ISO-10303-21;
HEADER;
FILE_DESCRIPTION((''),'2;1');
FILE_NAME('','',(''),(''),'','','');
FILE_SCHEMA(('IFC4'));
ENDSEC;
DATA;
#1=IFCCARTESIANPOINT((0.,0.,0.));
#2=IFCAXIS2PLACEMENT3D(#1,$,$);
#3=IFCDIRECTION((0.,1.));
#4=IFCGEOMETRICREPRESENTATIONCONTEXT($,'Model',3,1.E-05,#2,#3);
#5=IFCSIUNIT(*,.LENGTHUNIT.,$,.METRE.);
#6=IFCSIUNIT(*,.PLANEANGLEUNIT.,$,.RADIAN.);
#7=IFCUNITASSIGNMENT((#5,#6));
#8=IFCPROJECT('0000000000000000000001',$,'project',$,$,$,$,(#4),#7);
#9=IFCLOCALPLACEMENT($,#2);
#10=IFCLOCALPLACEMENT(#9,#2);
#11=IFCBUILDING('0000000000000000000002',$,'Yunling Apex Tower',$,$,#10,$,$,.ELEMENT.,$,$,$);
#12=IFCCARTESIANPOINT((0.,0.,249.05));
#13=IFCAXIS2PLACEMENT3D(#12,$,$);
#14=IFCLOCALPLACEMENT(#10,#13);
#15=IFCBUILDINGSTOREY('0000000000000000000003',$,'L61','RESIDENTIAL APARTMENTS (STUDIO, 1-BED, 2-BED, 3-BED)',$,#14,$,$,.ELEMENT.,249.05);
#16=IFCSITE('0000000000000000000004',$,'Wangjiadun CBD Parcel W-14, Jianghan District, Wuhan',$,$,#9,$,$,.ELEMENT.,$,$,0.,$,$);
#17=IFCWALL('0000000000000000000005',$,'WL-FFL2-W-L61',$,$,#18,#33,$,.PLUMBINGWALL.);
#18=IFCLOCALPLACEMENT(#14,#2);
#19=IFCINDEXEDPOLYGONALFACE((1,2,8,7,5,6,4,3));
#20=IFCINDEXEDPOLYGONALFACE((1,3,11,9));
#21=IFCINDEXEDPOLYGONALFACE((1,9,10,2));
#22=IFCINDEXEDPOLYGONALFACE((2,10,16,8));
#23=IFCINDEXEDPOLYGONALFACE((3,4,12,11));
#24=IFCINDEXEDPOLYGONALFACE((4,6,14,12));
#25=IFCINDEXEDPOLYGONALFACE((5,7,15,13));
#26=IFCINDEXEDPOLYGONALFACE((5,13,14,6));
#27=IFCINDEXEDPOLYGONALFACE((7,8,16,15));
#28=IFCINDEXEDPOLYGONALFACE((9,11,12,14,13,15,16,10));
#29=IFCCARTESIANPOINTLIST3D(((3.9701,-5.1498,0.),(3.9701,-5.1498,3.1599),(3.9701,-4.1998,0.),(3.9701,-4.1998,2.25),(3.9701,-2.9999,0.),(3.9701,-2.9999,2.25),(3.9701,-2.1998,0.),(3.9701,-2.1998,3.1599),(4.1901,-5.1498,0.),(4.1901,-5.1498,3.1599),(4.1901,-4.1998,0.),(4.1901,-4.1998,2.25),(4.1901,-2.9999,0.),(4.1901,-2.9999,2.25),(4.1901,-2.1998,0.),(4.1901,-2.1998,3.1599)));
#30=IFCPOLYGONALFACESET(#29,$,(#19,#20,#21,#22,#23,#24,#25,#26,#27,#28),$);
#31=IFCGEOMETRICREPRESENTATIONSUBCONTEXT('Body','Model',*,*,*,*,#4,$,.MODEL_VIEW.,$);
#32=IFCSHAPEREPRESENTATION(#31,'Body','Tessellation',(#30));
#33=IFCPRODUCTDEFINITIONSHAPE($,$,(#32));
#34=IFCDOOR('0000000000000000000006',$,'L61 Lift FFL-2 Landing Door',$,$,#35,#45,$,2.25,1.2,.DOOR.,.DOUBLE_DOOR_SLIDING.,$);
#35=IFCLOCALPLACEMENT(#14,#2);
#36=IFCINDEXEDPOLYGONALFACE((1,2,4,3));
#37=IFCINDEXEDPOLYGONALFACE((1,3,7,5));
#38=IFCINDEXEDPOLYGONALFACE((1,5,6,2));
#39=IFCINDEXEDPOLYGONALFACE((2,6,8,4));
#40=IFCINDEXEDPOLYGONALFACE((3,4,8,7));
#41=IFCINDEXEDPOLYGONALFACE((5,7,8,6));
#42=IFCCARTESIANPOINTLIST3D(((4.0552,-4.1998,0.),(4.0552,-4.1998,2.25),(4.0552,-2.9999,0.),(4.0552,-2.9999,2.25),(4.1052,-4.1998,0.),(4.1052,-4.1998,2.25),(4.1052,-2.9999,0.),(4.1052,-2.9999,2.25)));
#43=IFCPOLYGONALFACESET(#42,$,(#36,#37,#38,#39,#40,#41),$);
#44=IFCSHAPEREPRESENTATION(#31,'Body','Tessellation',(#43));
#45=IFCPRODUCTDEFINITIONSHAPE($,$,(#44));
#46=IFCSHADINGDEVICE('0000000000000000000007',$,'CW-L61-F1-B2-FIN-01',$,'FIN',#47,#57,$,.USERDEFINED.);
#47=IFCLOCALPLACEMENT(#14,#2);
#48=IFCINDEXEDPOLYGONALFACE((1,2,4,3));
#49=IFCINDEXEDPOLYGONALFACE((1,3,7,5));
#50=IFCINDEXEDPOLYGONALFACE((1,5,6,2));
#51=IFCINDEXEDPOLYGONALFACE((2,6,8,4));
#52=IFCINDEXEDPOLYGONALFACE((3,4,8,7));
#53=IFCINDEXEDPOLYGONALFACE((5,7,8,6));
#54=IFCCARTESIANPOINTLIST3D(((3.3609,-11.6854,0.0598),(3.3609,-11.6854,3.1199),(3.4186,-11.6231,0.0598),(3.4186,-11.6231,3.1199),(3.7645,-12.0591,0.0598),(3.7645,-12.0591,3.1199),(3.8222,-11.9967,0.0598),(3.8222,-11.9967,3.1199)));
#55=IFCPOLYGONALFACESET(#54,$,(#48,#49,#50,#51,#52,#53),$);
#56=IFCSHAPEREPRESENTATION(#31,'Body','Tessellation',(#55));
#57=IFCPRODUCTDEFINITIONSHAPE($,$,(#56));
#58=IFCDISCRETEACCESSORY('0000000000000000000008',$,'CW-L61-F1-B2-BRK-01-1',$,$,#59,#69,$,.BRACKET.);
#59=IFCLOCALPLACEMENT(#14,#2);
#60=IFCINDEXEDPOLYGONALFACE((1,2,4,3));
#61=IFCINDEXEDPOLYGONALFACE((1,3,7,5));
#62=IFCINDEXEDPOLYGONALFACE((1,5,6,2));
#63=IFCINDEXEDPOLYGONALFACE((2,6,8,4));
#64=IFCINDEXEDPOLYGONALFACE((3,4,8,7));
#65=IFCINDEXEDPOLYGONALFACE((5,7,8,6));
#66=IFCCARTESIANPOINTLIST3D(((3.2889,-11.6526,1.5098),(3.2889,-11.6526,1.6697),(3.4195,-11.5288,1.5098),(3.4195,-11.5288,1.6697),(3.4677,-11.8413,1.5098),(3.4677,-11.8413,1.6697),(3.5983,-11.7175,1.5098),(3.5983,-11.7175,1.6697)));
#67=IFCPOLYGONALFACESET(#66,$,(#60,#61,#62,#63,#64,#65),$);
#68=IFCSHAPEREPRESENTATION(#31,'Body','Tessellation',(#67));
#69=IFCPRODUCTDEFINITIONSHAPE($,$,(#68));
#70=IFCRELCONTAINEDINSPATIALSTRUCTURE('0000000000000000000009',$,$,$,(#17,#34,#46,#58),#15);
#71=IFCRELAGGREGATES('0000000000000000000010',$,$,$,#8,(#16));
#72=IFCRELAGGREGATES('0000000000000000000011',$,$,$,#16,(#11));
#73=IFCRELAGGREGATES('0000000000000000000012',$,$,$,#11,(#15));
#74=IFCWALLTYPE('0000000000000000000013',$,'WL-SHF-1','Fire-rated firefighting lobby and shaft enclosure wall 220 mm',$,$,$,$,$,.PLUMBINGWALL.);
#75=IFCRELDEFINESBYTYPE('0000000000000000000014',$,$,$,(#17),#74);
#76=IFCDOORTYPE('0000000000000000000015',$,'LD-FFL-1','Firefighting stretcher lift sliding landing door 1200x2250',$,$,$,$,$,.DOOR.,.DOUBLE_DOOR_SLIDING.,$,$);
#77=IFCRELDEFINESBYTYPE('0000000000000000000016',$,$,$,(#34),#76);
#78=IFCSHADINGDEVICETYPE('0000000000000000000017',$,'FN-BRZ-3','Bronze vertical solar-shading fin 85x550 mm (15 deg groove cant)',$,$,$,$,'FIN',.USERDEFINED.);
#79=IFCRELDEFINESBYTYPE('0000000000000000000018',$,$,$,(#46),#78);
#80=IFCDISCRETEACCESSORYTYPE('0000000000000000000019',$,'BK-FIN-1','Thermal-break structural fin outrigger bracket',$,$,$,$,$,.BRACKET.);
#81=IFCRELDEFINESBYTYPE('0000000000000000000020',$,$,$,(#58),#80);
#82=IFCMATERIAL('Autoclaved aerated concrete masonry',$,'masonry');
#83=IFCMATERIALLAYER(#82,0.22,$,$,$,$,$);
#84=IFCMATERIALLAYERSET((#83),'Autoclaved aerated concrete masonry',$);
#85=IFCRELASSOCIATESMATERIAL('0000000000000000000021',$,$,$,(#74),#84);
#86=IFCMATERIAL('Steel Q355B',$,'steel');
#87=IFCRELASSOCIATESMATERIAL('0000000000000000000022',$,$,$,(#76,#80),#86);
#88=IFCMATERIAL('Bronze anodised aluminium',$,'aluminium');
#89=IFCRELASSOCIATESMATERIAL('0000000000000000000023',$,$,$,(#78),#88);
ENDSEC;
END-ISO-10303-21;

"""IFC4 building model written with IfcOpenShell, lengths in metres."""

from ifc_helpers import new_model, si_unit, direction, frame, frame_2d, origin, origin_2d, place, context, subcontext, project, spatial, rectangle, extrude, source, transform, mapped, material, layer, layer_set, material_profile, profile_set, type_object, element, fill, save


model = new_model("IFC4")

# Units and contexts
model_context = context("Model", 3, precision=1e-05, world=origin(), true_north=direction((0.0, 1.0)))
body_context = subcontext(model_context, "Body", "Model", "MODEL_VIEW")
ifc_project = project(units=[si_unit("LENGTHUNIT", "METRE"), si_unit("PLANEANGLEUNIT", "RADIAN")], contexts=[model_context])

# Site, building, storey
site_placement = place(None, origin())
site = spatial("IfcSite", under=ifc_project, at=site_placement, Name="Wangjiadun CBD Parcel W-14, Jianghan District, Wuhan", CompositionType="ELEMENT", RefElevation=0.0)
building_placement = place(site_placement, origin())
building = spatial("IfcBuilding", under=site, at=building_placement, Name="Yunling Apex Tower", CompositionType="ELEMENT")
storey_placement = place(building_placement, frame((0.0, 0.0, 249.05)))
storey = spatial("IfcBuildingStorey", under=building, at=storey_placement, Name="L61", Description="RESIDENTIAL APARTMENTS (STUDIO, 1-BED, 2-BED, 3-BED)", CompositionType="ELEMENT", Elevation=249.05)

# Shared definitions
ifc_material_1 = material(Name="Steel Q355B", Category="steel")

# Shared definitions
ifc_material_2 = material(Name="Bronze anodised aluminium", Category="aluminium")

# Wall, opening, door
ifc_material_3 = material(Name="Autoclaved aerated concrete masonry", Category="masonry")
ifc_layer_1 = layer(ifc_material_3, 0.22)
ifc_layer_set_1 = layer_set([ifc_layer_1], Name="Autoclaved aerated concrete masonry")
wall_type_1 = type_object("IfcWallType", Name="WL-SHF-1", Description="Fire-rated firefighting lobby and shaft enclosure wall 220 mm", PredefinedType="PLUMBINGWALL", material=ifc_layer_set_1)
wall_1_placement = place(storey_placement, frame((4.0801, -5.1499, 0.0), z_axis=(0.0, 0.0, 1.0), x_axis=(0.0, 1.0, 0.0)))
wall_1 = element("IfcWall", 1, at=wall_1_placement, inside=storey, type_object=wall_type_1, Name="WL-FFL2-W-L61", PredefinedType="PLUMBINGWALL", context=body_context, shape_type="SweptSolid", body=[
    extrude(rectangle(XDim=2.95, YDim=0.22, at=frame_2d((1.4751, 0.0))), origin(), (0.0, 0.0, 1.0), 3.1599),
])
opening_1_placement = place(wall_1_placement, frame((0.95, 0.0, 0.0)))
opening_1 = element("IfcOpeningElement", 2, at=opening_1_placement, cuts=wall_1, PredefinedType="OPENING", context=body_context, shape_type="SweptSolid", body=[
    extrude(rectangle(XDim=1.2, YDim=2.25, at=frame_2d((0.6001, 1.125))), frame((0.0, 0.1201, 0.0), z_axis=(0.0, -1.0, 0.0), x_axis=(1.0, 0.0, 0.0)), (0.0, 0.0, 1.0), 0.24),
])
door_type_1 = type_object("IfcDoorType", Name="LD-FFL-1", Description="Firefighting stretcher lift sliding landing door 1200x2250", OperationType="DOUBLE_DOOR_SLIDING", PredefinedType="DOOR", material=ifc_material_1)
door_1_placement = place(opening_1_placement, origin())
door_1 = element("IfcDoor", 3, at=door_1_placement, inside=storey, type_object=door_type_1, Name="L61 Lift FFL-2 Landing Door", OperationType="DOUBLE_DOOR_SLIDING", OverallHeight=2.25, OverallWidth=1.2, PredefinedType="DOOR", context=body_context, shape_type="SweptSolid", body=[
    extrude(rectangle(XDim=1.2, YDim=2.25, at=frame_2d((0.6001, 1.125))), frame((0.0, 0.0249, 0.0), z_axis=(0.0, -1.0, 0.0), x_axis=(1.0, 0.0, 0.0)), (0.0, 0.0, 1.0), 0.05),
])
fill(opening_1, door_1)

# Shading device
ifc_material_profile_1 = material_profile(ifc_material_2, rectangle(XDim=0.085, YDim=0.55, at=origin_2d()))
ifc_profile_set_1 = profile_set([ifc_material_profile_1], Name="Bronze anodised aluminium")
shading_device_type = type_object("IfcShadingDeviceType", Name="FN-BRZ-3", Description="Bronze vertical solar-shading fin 85x550 mm (15 deg groove cant)", ElementType="FIN", PredefinedType="USERDEFINED", material=ifc_profile_set_1)
shared_shape_1 = source(origin(), body_context, "Body", "SweptSolid", [
    extrude(rectangle(XDim=0.085, YDim=0.55, at=origin_2d()), origin(), (0.0, 0.0, 1.0), 3.0601),
])
shading_device_placement = place(storey_placement, frame((3.5916, -11.8411, 0.0598), z_axis=(0.0, 0.0, 1.0), x_axis=(0.679313, 0.733848, 0.0)))
element("IfcShadingDevice", 4, at=shading_device_placement, inside=storey, type_object=shading_device_type, Name="CW-L61-F1-B2-FIN-01", ObjectType="FIN", PredefinedType="USERDEFINED", context=body_context, shape_type="MappedRepresentation", body=[
    mapped(shared_shape_1, transform((0.0, 0.0, 0.0), scale=1.0)),
])

# Discrete accessory
discrete_accessory_type = type_object("IfcDiscreteAccessoryType", Name="BK-FIN-1", Description="Thermal-break structural fin outrigger bracket", PredefinedType="BRACKET", material=ifc_material_1)
shared_shape_2 = source(origin(), body_context, "Body", "SweptSolid", [
    extrude(rectangle(XDim=0.1799, YDim=0.26, at=origin_2d()), origin(), (0.0, 0.0, 1.0), 0.1599),
])
discrete_accessory_placement = place(storey_placement, frame((3.4436, -11.6851, 1.5098), z_axis=(0.0, 0.0, 1.0), x_axis=(0.725855, 0.687848, 0.0)))
element("IfcDiscreteAccessory", 5, at=discrete_accessory_placement, inside=storey, type_object=discrete_accessory_type, Name="CW-L61-F1-B2-BRK-01-1", PredefinedType="BRACKET", context=body_context, shape_type="MappedRepresentation", body=[
    mapped(shared_shape_2, transform((0.0, 0.0, 0.0), scale=1.0)),
])

save(model, "model.ifc")
